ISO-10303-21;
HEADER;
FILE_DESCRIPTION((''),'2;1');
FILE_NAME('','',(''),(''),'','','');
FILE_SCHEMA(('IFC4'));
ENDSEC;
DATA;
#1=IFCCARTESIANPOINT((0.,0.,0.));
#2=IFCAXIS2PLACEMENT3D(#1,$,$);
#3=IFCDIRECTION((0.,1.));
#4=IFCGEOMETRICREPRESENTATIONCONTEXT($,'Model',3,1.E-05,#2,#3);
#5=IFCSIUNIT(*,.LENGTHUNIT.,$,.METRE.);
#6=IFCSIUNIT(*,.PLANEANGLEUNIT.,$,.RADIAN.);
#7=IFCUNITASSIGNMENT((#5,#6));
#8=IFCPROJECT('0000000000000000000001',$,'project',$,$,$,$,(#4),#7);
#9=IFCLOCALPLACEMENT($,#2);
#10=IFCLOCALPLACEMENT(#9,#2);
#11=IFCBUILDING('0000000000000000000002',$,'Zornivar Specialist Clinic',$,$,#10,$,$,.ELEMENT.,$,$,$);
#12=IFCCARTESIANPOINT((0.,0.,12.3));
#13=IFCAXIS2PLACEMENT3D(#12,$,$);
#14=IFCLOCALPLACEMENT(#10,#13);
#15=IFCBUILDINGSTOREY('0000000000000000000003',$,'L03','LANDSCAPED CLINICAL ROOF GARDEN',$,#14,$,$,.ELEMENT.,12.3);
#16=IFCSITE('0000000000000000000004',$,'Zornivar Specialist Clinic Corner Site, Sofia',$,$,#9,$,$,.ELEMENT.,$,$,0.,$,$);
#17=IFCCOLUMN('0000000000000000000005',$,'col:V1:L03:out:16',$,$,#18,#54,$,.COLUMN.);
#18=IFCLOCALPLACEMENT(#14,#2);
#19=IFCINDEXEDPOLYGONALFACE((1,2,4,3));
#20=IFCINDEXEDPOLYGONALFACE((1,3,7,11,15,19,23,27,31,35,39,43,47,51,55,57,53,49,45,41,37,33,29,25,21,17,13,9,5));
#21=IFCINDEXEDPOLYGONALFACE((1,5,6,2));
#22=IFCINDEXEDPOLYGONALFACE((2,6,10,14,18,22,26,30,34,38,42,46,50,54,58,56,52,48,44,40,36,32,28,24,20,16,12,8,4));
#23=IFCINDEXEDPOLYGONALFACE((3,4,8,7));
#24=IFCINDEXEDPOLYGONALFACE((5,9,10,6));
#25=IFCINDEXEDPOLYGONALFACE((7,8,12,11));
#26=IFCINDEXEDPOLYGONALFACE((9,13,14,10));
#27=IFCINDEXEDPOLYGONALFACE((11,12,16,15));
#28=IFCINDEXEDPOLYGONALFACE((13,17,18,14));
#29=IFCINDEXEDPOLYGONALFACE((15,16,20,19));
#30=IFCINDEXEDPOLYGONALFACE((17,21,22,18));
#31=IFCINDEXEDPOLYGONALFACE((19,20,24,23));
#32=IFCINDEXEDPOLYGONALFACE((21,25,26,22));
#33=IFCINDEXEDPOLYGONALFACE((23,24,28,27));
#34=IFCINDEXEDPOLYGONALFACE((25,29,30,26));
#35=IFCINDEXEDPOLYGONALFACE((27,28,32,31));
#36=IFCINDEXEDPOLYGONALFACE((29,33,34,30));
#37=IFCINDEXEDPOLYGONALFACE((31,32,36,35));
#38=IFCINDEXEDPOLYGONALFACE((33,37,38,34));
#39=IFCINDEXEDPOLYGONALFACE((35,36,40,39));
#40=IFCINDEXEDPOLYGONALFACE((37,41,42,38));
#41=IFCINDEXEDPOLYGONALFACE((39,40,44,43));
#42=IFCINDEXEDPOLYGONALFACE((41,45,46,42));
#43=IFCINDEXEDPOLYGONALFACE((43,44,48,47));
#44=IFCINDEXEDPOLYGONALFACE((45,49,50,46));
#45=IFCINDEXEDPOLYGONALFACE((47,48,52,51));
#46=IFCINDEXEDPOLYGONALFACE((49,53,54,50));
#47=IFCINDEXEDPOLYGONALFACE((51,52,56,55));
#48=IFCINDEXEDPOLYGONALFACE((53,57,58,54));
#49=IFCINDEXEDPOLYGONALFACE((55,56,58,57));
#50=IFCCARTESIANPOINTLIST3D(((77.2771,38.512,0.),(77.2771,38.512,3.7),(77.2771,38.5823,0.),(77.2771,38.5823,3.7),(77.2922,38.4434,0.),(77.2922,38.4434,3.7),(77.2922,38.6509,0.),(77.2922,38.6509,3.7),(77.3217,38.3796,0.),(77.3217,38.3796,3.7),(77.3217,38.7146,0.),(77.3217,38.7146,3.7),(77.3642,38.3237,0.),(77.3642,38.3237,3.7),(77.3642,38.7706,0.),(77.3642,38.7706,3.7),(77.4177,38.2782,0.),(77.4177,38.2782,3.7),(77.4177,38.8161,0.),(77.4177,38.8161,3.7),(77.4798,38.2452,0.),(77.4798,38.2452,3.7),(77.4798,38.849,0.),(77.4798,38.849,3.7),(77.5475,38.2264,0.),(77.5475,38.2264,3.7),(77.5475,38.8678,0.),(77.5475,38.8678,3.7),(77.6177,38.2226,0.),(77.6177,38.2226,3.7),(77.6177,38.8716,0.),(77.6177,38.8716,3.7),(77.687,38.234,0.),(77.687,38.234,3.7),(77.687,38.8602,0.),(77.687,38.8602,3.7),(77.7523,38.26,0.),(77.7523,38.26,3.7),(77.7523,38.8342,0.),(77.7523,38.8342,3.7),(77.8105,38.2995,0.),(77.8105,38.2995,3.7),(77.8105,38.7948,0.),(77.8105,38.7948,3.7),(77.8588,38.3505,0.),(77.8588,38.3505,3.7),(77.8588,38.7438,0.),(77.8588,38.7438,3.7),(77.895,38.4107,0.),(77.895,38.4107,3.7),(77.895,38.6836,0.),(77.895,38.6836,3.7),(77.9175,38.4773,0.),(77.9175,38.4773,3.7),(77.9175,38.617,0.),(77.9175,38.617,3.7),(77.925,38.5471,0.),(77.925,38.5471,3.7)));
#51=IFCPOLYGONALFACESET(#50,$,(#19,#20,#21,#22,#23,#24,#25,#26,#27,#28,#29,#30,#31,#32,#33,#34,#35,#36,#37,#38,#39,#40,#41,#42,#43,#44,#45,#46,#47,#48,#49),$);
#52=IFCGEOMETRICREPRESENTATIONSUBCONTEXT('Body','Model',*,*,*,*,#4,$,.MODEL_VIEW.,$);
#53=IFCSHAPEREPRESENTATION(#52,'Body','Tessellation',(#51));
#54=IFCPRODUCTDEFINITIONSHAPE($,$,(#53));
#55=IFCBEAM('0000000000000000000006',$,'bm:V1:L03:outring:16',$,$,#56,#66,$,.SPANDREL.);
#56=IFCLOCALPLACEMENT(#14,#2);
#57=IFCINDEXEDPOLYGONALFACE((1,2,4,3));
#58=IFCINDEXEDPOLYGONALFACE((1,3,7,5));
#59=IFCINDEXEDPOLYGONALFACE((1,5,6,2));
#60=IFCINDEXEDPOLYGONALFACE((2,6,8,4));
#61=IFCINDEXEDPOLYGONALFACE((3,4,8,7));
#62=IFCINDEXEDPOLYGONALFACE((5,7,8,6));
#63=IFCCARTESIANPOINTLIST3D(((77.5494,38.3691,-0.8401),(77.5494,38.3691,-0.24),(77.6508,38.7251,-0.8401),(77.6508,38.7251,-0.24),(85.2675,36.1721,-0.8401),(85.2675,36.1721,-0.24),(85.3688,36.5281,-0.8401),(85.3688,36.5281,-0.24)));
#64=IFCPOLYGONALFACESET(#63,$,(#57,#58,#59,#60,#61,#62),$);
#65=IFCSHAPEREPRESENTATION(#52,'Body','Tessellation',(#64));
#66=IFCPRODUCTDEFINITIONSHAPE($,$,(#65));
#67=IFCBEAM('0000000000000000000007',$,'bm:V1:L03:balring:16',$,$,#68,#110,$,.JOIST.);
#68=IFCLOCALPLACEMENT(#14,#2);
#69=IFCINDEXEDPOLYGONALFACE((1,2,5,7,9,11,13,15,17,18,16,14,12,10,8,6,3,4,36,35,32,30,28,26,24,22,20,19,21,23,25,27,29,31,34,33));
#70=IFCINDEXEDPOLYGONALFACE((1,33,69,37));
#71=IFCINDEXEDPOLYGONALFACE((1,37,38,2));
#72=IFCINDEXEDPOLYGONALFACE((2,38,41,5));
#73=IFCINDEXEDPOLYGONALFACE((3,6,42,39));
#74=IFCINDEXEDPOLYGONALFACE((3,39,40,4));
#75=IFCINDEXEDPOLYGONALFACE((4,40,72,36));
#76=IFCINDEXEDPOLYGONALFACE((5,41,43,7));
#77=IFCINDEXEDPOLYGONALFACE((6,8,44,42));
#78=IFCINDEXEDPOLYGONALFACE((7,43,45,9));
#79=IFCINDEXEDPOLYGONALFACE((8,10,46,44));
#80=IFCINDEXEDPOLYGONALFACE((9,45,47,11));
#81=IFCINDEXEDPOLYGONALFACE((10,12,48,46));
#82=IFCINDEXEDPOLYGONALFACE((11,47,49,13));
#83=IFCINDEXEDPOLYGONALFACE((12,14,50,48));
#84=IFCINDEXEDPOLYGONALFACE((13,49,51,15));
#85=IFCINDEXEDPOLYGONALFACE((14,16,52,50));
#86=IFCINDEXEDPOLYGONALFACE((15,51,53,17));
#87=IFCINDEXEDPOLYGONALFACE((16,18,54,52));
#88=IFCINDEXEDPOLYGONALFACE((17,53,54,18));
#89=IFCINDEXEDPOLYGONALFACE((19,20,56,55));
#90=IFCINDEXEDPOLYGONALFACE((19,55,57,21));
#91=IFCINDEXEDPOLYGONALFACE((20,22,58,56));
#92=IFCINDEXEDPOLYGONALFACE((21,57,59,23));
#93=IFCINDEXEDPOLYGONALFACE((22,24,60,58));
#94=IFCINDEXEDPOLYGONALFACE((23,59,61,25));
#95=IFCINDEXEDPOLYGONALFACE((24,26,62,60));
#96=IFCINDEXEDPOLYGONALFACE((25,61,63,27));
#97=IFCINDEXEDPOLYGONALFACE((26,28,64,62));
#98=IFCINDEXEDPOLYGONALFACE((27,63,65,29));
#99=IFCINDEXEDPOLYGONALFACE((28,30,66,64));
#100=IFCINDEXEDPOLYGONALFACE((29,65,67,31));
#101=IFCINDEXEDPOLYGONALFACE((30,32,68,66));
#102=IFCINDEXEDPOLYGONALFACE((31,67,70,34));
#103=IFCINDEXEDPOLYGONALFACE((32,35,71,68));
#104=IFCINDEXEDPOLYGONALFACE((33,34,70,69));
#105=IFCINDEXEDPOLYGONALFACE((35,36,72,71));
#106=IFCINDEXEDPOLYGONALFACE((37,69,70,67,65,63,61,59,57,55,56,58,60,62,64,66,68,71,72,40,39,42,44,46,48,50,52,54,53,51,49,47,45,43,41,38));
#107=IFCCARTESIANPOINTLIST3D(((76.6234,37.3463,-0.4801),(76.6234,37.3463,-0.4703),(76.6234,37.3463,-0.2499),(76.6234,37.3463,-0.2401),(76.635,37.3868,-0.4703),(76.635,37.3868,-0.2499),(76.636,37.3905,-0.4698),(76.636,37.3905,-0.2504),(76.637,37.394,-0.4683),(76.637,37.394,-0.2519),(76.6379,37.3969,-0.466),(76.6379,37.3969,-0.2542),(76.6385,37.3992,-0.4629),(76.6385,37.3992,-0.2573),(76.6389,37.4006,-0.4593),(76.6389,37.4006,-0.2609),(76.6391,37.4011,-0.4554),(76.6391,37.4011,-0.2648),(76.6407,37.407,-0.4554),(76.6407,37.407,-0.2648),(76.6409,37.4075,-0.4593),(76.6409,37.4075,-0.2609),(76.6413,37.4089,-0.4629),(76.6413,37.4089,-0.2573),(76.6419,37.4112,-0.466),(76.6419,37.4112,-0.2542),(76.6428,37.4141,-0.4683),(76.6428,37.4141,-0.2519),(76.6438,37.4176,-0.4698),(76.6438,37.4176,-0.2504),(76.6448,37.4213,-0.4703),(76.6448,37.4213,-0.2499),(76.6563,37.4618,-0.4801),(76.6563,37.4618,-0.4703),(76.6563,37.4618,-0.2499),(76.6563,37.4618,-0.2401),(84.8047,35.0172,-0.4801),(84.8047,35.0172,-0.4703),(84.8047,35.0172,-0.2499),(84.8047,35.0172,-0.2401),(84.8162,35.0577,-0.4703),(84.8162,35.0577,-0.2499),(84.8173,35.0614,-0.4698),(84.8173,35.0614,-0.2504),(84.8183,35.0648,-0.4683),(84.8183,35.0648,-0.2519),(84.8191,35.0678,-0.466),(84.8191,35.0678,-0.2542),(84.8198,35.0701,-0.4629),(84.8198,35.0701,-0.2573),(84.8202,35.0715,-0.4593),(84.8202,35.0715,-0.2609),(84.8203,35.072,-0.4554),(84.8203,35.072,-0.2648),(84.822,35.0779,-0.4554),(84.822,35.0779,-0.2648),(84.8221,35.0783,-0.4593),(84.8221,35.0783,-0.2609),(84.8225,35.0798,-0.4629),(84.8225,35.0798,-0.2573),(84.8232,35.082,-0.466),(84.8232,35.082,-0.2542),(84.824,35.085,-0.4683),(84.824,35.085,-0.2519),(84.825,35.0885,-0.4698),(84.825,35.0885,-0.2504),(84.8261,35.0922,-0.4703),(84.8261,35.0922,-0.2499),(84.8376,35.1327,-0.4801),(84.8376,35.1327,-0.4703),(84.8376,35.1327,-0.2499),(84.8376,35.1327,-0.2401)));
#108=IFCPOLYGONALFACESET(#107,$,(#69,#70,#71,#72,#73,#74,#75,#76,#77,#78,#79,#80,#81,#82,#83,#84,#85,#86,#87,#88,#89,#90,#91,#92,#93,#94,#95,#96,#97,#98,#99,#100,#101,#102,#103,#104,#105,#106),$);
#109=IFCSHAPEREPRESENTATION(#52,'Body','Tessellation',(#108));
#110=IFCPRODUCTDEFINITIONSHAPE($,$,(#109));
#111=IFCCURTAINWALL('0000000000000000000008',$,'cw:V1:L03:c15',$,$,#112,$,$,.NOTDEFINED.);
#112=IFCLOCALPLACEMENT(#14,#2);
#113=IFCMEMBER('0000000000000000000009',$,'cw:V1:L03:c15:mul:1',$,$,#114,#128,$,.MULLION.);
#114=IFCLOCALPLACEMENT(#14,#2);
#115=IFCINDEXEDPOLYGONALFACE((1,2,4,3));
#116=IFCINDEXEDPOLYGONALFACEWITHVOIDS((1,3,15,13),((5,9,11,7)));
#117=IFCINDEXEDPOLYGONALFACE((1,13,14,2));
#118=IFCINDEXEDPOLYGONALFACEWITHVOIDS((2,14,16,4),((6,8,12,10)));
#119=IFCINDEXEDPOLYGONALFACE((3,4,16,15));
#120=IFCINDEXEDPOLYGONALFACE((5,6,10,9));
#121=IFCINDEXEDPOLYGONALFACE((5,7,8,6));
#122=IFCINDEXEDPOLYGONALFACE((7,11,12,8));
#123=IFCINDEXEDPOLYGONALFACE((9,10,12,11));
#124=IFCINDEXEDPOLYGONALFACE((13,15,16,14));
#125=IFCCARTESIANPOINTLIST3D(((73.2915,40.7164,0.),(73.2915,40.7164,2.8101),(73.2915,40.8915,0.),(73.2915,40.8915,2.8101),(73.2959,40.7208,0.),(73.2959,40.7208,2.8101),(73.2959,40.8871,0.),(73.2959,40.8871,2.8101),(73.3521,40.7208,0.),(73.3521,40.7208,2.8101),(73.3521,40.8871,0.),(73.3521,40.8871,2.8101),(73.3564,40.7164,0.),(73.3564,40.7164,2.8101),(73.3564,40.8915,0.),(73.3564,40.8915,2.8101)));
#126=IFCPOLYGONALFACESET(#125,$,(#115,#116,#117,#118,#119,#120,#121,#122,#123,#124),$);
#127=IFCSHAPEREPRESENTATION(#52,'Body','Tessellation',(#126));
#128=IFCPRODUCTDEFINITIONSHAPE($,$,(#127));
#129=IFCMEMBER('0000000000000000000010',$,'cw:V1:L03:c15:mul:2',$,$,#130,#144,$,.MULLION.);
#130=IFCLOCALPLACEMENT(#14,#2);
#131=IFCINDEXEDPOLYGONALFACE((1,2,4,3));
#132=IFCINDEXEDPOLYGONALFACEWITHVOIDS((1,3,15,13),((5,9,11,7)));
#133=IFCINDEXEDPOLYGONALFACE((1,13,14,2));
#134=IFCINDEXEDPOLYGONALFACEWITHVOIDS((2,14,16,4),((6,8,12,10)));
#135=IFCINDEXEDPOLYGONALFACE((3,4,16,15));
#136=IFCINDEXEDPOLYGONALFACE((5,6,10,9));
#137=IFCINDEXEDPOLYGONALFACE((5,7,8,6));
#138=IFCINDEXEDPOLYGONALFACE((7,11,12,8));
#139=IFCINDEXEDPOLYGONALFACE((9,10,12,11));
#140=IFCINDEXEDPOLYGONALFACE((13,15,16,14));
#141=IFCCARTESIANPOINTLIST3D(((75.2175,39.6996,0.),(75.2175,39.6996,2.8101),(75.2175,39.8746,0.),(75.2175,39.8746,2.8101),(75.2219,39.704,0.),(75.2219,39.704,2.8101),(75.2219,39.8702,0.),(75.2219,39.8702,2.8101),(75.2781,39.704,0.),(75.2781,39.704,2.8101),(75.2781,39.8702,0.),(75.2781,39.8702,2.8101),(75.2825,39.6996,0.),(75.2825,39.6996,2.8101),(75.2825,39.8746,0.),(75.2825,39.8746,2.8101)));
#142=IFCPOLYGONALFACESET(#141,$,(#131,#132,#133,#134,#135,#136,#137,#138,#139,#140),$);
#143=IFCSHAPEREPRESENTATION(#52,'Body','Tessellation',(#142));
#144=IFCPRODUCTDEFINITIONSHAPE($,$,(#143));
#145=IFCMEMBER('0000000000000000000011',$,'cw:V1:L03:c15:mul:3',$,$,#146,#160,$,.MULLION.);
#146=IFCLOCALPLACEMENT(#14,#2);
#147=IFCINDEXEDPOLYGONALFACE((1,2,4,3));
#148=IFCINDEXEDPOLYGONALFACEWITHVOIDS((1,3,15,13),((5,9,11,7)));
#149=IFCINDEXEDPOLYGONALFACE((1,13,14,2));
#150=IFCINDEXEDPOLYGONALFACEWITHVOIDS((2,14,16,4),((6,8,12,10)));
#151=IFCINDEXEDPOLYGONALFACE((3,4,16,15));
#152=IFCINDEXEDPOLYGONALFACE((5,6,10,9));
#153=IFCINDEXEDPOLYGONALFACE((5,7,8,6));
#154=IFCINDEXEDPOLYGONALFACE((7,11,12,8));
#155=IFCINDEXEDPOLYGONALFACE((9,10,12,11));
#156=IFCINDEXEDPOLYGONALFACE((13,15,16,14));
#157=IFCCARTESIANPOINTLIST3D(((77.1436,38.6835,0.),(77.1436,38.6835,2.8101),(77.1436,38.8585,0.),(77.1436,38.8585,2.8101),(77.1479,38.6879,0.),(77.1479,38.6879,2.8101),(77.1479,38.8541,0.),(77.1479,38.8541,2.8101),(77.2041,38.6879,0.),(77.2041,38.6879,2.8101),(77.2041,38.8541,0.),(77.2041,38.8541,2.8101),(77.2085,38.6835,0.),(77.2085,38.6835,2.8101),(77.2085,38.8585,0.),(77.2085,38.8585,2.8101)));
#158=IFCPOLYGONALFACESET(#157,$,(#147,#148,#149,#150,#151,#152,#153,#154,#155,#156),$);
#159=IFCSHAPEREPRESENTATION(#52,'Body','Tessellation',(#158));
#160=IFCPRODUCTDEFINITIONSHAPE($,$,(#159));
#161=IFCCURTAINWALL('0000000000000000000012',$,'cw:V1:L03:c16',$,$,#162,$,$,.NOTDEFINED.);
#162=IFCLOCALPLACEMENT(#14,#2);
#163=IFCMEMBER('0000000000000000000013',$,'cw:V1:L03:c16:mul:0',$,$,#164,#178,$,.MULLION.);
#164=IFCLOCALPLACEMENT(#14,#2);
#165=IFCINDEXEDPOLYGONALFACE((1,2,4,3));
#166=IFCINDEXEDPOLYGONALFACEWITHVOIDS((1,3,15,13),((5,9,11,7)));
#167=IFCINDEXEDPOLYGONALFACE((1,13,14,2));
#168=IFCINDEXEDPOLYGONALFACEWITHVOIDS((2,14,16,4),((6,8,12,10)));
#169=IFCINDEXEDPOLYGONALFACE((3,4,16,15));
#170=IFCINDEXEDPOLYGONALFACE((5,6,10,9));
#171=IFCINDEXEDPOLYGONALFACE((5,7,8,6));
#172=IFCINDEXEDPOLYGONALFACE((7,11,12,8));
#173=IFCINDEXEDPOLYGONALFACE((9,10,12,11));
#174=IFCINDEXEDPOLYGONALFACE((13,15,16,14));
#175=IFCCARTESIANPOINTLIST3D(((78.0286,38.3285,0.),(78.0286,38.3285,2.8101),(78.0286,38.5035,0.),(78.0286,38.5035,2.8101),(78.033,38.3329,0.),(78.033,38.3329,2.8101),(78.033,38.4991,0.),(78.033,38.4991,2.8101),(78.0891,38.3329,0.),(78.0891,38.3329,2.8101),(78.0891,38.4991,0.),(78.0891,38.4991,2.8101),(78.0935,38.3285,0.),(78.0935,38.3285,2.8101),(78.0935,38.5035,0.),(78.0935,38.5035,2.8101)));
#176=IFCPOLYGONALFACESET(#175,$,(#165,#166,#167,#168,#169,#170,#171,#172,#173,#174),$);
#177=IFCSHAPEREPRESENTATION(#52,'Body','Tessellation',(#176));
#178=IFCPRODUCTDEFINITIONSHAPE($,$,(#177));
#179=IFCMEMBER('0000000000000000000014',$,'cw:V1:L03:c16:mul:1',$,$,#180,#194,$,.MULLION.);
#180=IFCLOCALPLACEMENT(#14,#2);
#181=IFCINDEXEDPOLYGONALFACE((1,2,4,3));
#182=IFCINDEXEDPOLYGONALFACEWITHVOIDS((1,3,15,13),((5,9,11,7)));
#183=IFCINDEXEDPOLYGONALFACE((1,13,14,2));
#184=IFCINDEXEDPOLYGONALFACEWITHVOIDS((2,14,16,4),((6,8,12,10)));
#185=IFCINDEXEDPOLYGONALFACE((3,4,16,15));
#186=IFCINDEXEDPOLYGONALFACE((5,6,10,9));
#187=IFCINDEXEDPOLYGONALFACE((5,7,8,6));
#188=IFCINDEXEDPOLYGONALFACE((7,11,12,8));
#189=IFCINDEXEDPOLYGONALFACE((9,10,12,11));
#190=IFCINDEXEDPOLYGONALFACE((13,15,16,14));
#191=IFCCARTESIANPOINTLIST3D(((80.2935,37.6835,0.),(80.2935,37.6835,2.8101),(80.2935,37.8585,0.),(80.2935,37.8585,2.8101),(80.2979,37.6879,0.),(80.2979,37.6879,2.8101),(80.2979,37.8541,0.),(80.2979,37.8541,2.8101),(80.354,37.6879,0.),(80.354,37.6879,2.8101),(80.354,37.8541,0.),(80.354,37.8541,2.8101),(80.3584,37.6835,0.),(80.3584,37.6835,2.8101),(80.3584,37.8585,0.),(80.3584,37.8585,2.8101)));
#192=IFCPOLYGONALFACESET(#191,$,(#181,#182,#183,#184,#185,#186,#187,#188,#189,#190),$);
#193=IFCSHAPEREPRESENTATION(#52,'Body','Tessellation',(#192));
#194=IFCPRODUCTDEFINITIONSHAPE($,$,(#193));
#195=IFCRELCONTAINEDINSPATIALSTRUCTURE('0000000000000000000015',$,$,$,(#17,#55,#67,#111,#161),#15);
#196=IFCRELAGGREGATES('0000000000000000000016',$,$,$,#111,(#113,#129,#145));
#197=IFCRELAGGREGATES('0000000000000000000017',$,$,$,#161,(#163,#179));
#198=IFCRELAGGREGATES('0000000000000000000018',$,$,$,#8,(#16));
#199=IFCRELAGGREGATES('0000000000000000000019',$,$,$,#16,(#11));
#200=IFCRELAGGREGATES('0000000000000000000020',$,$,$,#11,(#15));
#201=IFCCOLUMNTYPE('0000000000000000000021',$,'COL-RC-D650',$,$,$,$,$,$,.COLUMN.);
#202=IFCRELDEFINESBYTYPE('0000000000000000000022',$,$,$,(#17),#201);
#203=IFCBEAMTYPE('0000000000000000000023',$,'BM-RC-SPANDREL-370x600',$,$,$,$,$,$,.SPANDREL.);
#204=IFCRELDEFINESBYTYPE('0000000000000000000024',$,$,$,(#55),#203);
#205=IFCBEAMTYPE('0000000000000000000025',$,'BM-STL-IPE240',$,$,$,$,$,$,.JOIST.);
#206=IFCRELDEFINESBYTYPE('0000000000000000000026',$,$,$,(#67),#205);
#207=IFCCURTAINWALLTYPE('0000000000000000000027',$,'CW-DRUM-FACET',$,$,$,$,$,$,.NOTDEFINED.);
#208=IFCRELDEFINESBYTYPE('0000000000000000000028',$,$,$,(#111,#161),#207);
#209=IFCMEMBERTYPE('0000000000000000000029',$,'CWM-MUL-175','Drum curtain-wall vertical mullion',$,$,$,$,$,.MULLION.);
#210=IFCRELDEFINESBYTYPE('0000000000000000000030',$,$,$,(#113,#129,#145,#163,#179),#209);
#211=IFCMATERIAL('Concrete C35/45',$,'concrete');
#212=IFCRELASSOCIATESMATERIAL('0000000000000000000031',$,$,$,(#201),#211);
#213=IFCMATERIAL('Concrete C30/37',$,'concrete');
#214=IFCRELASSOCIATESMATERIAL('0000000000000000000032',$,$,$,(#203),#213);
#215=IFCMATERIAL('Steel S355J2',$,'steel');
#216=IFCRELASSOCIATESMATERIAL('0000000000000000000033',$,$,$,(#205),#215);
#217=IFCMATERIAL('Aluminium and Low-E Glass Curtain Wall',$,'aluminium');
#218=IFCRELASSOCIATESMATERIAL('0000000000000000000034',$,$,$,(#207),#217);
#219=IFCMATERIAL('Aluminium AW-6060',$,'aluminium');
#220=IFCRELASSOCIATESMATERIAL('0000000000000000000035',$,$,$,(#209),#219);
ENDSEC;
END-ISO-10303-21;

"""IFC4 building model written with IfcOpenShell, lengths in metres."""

from ifc_helpers import new_model, si_unit, direction, frame, origin, origin_2d, place, context, subcontext, project, spatial, rectangle, hollow_rectangle, circle, i_section, extrude, material, material_profile, profile_set, type_object, element, aggregate, save


model = new_model("IFC4")

# Units and contexts
model_context = context("Model", 3, precision=1e-05, world=origin(), true_north=direction((0.0, 1.0)))
body_context = subcontext(model_context, "Body", "Model", "MODEL_VIEW")
ifc_project = project(units=[si_unit("LENGTHUNIT", "METRE"), si_unit("PLANEANGLEUNIT", "RADIAN")], contexts=[model_context])

# Site, building, storey
site_placement = place(None, origin())
site = spatial("IfcSite", under=ifc_project, at=site_placement, Name="Zornivar Specialist Clinic Corner Site, Sofia", CompositionType="ELEMENT", RefElevation=0.0)
building_placement = place(site_placement, origin())
building = spatial("IfcBuilding", under=site, at=building_placement, Name="Zornivar Specialist Clinic", CompositionType="ELEMENT")
storey_placement = place(building_placement, frame((0.0, 0.0, 12.3)))
storey = spatial("IfcBuildingStorey", under=building, at=storey_placement, Name="L03", Description="LANDSCAPED CLINICAL ROOF GARDEN", CompositionType="ELEMENT", Elevation=12.3)

# Column
ifc_material_1 = material(Name="Concrete C35/45", Category="concrete")
ifc_material_profile_1 = material_profile(ifc_material_1, circle(Radius=0.325, at=origin_2d()), Name="RC D650")
ifc_profile_set_1 = profile_set([ifc_material_profile_1], Name="Concrete C35/45")
column_type = type_object("IfcColumnType", Name="COL-RC-D650", PredefinedType="COLUMN", material=ifc_profile_set_1)
column_placement = place(storey_placement, frame((77.6001, 38.5471, 0.0), z_axis=(0.0, 0.0, 1.0), x_axis=(1.0, 0.0, 0.0)))
element("IfcColumn", 1, at=column_placement, inside=storey, type_object=column_type, Name="col:V1:L03:out:16", PredefinedType="COLUMN", context=body_context, shape_type="SweptSolid", body=[
    extrude(circle(Radius=0.325, at=origin_2d()), origin(), (0.0, 0.0, 1.0), 3.7),
])

# Beams
ifc_material_2 = material(Name="Concrete C30/37", Category="concrete")
ifc_material_profile_2 = material_profile(ifc_material_2, rectangle(XDim=0.3701, YDim=0.6001, at=origin_2d()), Name="RC 370x600")
ifc_profile_set_2 = profile_set([ifc_material_profile_2], Name="Concrete C30/37")
beam_type_1 = type_object("IfcBeamType", Name="BM-RC-SPANDREL-370x600", PredefinedType="SPANDREL", material=ifc_profile_set_2)
beam_1_placement = place(storey_placement, frame((77.6001, 38.5471, -0.54), z_axis=(0.961791, -0.273785, 0.0), x_axis=(0.273785, 0.961791, 0.0)))
element("IfcBeam", 2, at=beam_1_placement, inside=storey, type_object=beam_type_1, Name="bm:V1:L03:outring:16", PredefinedType="SPANDREL", context=body_context, shape_type="SweptSolid", body=[
    extrude(rectangle(XDim=0.3701, YDim=0.6001, at=origin_2d()), origin(), (0.0, 0.0, 1.0), 8.0247),
])
ifc_material_3 = material(Name="Steel S355J2", Category="steel")
ifc_material_profile_3 = material_profile(ifc_material_3, i_section(OverallWidth=0.1201, OverallDepth=0.24, WebThickness=0.0061, FlangeThickness=0.0098, FilletRadius=0.0149, at=origin_2d()), Name="IPE 240")
ifc_profile_set_3 = profile_set([ifc_material_profile_3], Name="Steel S355J2")
beam_type_2 = type_object("IfcBeamType", Name="BM-STL-IPE240", PredefinedType="JOIST", material=ifc_profile_set_3)
beam_2_placement = place(storey_placement, frame((76.6399, 37.4041, -0.3601), z_axis=(0.961783, -0.273811, 0.0), x_axis=(0.273811, 0.961783, 0.0)))
element("IfcBeam", 3, at=beam_2_placement, inside=storey, type_object=beam_type_2, Name="bm:V1:L03:balring:16", PredefinedType="JOIST", context=body_context, shape_type="SweptSolid", body=[
    extrude(i_section(OverallWidth=0.1201, OverallDepth=0.24, WebThickness=0.0061, FlangeThickness=0.0098, FilletRadius=0.0149, at=origin_2d()), origin(), (0.0, 0.0, 1.0), 8.5063),
])

# Curtain walls, members
ifc_material_4 = material(Name="Aluminium and Low-E Glass Curtain Wall", Category="aluminium")
curtain_wall_type = type_object("IfcCurtainWallType", Name="CW-DRUM-FACET", PredefinedType="NOTDEFINED", material=ifc_material_4)
curtain_wall_1_placement = place(storey_placement, origin())
curtain_wall_1 = element("IfcCurtainWall", 4, at=curtain_wall_1_placement, inside=storey, type_object=curtain_wall_type, Name="cw:V1:L03:c15", PredefinedType="NOTDEFINED")
ifc_material_5 = material(Name="Aluminium AW-6060", Category="aluminium")
ifc_material_profile_4 = material_profile(ifc_material_5, hollow_rectangle(XDim=0.0649, YDim=0.175, WallThickness=0.0044, at=origin_2d()), Name="ALU 65x175x4.5")
ifc_profile_set_4 = profile_set([ifc_material_profile_4], Name="Aluminium AW-6060")
member_type_1 = type_object("IfcMemberType", Name="CWM-MUL-175", Description="Drum curtain-wall vertical mullion", PredefinedType="MULLION", material=ifc_profile_set_4)
member_1_placement = place(storey_placement, frame((73.324, 40.804, 0.0), z_axis=(0.0, 0.0, 1.0), x_axis=(1.0, 0.0, 0.0)))
member_1 = element("IfcMember", 5, at=member_1_placement, type_object=member_type_1, Name="cw:V1:L03:c15:mul:1", PredefinedType="MULLION", context=body_context, shape_type="SweptSolid", body=[
    extrude(hollow_rectangle(XDim=0.0649, YDim=0.175, WallThickness=0.0044, at=origin_2d()), origin(), (0.0, 0.0, 1.0), 2.8101),
])
member_2_placement = place(storey_placement, frame((75.25, 39.7871, 0.0), z_axis=(0.0, 0.0, 1.0), x_axis=(1.0, 0.0, 0.0)))
member_2 = element("IfcMember", 6, at=member_2_placement, type_object=member_type_1, Name="cw:V1:L03:c15:mul:2", PredefinedType="MULLION", context=body_context, shape_type="SweptSolid", body=[
    extrude(hollow_rectangle(XDim=0.0649, YDim=0.175, WallThickness=0.0044, at=origin_2d()), origin(), (0.0, 0.0, 1.0), 2.8101),
])
member_3_placement = place(storey_placement, frame((77.176, 38.771, 0.0), z_axis=(0.0, 0.0, 1.0), x_axis=(1.0, 0.0, 0.0)))
member_3 = element("IfcMember", 7, at=member_3_placement, type_object=member_type_1, Name="cw:V1:L03:c15:mul:3", PredefinedType="MULLION", context=body_context, shape_type="SweptSolid", body=[
    extrude(hollow_rectangle(XDim=0.0649, YDim=0.175, WallThickness=0.0044, at=origin_2d()), origin(), (0.0, 0.0, 1.0), 2.8101),
])
curtain_wall_2_placement = place(storey_placement, origin())
curtain_wall_2 = element("IfcCurtainWall", 8, at=curtain_wall_2_placement, inside=storey, type_object=curtain_wall_type, Name="cw:V1:L03:c16", PredefinedType="NOTDEFINED")
member_4_placement = place(storey_placement, frame((78.061, 38.416, 0.0), z_axis=(0.0, 0.0, 1.0), x_axis=(1.0, 0.0, 0.0)))
member_4 = element("IfcMember", 9, at=member_4_placement, type_object=member_type_1, Name="cw:V1:L03:c16:mul:0", PredefinedType="MULLION", context=body_context, shape_type="SweptSolid", body=[
    extrude(hollow_rectangle(XDim=0.0649, YDim=0.175, WallThickness=0.0044, at=origin_2d()), origin(), (0.0, 0.0, 1.0), 2.8101),
])
member_5_placement = place(storey_placement, frame((80.3259, 37.771, 0.0), z_axis=(0.0, 0.0, 1.0), x_axis=(1.0, 0.0, 0.0)))
member_5 = element("IfcMember", 10, at=member_5_placement, type_object=member_type_1, Name="cw:V1:L03:c16:mul:1", PredefinedType="MULLION", context=body_context, shape_type="SweptSolid", body=[
    extrude(hollow_rectangle(XDim=0.0649, YDim=0.175, WallThickness=0.0044, at=origin_2d()), origin(), (0.0, 0.0, 1.0), 2.8101),
])

aggregate(curtain_wall_1, [member_1, member_2, member_3])
aggregate(curtain_wall_2, [member_4, member_5])

save(model, "model.ifc")
